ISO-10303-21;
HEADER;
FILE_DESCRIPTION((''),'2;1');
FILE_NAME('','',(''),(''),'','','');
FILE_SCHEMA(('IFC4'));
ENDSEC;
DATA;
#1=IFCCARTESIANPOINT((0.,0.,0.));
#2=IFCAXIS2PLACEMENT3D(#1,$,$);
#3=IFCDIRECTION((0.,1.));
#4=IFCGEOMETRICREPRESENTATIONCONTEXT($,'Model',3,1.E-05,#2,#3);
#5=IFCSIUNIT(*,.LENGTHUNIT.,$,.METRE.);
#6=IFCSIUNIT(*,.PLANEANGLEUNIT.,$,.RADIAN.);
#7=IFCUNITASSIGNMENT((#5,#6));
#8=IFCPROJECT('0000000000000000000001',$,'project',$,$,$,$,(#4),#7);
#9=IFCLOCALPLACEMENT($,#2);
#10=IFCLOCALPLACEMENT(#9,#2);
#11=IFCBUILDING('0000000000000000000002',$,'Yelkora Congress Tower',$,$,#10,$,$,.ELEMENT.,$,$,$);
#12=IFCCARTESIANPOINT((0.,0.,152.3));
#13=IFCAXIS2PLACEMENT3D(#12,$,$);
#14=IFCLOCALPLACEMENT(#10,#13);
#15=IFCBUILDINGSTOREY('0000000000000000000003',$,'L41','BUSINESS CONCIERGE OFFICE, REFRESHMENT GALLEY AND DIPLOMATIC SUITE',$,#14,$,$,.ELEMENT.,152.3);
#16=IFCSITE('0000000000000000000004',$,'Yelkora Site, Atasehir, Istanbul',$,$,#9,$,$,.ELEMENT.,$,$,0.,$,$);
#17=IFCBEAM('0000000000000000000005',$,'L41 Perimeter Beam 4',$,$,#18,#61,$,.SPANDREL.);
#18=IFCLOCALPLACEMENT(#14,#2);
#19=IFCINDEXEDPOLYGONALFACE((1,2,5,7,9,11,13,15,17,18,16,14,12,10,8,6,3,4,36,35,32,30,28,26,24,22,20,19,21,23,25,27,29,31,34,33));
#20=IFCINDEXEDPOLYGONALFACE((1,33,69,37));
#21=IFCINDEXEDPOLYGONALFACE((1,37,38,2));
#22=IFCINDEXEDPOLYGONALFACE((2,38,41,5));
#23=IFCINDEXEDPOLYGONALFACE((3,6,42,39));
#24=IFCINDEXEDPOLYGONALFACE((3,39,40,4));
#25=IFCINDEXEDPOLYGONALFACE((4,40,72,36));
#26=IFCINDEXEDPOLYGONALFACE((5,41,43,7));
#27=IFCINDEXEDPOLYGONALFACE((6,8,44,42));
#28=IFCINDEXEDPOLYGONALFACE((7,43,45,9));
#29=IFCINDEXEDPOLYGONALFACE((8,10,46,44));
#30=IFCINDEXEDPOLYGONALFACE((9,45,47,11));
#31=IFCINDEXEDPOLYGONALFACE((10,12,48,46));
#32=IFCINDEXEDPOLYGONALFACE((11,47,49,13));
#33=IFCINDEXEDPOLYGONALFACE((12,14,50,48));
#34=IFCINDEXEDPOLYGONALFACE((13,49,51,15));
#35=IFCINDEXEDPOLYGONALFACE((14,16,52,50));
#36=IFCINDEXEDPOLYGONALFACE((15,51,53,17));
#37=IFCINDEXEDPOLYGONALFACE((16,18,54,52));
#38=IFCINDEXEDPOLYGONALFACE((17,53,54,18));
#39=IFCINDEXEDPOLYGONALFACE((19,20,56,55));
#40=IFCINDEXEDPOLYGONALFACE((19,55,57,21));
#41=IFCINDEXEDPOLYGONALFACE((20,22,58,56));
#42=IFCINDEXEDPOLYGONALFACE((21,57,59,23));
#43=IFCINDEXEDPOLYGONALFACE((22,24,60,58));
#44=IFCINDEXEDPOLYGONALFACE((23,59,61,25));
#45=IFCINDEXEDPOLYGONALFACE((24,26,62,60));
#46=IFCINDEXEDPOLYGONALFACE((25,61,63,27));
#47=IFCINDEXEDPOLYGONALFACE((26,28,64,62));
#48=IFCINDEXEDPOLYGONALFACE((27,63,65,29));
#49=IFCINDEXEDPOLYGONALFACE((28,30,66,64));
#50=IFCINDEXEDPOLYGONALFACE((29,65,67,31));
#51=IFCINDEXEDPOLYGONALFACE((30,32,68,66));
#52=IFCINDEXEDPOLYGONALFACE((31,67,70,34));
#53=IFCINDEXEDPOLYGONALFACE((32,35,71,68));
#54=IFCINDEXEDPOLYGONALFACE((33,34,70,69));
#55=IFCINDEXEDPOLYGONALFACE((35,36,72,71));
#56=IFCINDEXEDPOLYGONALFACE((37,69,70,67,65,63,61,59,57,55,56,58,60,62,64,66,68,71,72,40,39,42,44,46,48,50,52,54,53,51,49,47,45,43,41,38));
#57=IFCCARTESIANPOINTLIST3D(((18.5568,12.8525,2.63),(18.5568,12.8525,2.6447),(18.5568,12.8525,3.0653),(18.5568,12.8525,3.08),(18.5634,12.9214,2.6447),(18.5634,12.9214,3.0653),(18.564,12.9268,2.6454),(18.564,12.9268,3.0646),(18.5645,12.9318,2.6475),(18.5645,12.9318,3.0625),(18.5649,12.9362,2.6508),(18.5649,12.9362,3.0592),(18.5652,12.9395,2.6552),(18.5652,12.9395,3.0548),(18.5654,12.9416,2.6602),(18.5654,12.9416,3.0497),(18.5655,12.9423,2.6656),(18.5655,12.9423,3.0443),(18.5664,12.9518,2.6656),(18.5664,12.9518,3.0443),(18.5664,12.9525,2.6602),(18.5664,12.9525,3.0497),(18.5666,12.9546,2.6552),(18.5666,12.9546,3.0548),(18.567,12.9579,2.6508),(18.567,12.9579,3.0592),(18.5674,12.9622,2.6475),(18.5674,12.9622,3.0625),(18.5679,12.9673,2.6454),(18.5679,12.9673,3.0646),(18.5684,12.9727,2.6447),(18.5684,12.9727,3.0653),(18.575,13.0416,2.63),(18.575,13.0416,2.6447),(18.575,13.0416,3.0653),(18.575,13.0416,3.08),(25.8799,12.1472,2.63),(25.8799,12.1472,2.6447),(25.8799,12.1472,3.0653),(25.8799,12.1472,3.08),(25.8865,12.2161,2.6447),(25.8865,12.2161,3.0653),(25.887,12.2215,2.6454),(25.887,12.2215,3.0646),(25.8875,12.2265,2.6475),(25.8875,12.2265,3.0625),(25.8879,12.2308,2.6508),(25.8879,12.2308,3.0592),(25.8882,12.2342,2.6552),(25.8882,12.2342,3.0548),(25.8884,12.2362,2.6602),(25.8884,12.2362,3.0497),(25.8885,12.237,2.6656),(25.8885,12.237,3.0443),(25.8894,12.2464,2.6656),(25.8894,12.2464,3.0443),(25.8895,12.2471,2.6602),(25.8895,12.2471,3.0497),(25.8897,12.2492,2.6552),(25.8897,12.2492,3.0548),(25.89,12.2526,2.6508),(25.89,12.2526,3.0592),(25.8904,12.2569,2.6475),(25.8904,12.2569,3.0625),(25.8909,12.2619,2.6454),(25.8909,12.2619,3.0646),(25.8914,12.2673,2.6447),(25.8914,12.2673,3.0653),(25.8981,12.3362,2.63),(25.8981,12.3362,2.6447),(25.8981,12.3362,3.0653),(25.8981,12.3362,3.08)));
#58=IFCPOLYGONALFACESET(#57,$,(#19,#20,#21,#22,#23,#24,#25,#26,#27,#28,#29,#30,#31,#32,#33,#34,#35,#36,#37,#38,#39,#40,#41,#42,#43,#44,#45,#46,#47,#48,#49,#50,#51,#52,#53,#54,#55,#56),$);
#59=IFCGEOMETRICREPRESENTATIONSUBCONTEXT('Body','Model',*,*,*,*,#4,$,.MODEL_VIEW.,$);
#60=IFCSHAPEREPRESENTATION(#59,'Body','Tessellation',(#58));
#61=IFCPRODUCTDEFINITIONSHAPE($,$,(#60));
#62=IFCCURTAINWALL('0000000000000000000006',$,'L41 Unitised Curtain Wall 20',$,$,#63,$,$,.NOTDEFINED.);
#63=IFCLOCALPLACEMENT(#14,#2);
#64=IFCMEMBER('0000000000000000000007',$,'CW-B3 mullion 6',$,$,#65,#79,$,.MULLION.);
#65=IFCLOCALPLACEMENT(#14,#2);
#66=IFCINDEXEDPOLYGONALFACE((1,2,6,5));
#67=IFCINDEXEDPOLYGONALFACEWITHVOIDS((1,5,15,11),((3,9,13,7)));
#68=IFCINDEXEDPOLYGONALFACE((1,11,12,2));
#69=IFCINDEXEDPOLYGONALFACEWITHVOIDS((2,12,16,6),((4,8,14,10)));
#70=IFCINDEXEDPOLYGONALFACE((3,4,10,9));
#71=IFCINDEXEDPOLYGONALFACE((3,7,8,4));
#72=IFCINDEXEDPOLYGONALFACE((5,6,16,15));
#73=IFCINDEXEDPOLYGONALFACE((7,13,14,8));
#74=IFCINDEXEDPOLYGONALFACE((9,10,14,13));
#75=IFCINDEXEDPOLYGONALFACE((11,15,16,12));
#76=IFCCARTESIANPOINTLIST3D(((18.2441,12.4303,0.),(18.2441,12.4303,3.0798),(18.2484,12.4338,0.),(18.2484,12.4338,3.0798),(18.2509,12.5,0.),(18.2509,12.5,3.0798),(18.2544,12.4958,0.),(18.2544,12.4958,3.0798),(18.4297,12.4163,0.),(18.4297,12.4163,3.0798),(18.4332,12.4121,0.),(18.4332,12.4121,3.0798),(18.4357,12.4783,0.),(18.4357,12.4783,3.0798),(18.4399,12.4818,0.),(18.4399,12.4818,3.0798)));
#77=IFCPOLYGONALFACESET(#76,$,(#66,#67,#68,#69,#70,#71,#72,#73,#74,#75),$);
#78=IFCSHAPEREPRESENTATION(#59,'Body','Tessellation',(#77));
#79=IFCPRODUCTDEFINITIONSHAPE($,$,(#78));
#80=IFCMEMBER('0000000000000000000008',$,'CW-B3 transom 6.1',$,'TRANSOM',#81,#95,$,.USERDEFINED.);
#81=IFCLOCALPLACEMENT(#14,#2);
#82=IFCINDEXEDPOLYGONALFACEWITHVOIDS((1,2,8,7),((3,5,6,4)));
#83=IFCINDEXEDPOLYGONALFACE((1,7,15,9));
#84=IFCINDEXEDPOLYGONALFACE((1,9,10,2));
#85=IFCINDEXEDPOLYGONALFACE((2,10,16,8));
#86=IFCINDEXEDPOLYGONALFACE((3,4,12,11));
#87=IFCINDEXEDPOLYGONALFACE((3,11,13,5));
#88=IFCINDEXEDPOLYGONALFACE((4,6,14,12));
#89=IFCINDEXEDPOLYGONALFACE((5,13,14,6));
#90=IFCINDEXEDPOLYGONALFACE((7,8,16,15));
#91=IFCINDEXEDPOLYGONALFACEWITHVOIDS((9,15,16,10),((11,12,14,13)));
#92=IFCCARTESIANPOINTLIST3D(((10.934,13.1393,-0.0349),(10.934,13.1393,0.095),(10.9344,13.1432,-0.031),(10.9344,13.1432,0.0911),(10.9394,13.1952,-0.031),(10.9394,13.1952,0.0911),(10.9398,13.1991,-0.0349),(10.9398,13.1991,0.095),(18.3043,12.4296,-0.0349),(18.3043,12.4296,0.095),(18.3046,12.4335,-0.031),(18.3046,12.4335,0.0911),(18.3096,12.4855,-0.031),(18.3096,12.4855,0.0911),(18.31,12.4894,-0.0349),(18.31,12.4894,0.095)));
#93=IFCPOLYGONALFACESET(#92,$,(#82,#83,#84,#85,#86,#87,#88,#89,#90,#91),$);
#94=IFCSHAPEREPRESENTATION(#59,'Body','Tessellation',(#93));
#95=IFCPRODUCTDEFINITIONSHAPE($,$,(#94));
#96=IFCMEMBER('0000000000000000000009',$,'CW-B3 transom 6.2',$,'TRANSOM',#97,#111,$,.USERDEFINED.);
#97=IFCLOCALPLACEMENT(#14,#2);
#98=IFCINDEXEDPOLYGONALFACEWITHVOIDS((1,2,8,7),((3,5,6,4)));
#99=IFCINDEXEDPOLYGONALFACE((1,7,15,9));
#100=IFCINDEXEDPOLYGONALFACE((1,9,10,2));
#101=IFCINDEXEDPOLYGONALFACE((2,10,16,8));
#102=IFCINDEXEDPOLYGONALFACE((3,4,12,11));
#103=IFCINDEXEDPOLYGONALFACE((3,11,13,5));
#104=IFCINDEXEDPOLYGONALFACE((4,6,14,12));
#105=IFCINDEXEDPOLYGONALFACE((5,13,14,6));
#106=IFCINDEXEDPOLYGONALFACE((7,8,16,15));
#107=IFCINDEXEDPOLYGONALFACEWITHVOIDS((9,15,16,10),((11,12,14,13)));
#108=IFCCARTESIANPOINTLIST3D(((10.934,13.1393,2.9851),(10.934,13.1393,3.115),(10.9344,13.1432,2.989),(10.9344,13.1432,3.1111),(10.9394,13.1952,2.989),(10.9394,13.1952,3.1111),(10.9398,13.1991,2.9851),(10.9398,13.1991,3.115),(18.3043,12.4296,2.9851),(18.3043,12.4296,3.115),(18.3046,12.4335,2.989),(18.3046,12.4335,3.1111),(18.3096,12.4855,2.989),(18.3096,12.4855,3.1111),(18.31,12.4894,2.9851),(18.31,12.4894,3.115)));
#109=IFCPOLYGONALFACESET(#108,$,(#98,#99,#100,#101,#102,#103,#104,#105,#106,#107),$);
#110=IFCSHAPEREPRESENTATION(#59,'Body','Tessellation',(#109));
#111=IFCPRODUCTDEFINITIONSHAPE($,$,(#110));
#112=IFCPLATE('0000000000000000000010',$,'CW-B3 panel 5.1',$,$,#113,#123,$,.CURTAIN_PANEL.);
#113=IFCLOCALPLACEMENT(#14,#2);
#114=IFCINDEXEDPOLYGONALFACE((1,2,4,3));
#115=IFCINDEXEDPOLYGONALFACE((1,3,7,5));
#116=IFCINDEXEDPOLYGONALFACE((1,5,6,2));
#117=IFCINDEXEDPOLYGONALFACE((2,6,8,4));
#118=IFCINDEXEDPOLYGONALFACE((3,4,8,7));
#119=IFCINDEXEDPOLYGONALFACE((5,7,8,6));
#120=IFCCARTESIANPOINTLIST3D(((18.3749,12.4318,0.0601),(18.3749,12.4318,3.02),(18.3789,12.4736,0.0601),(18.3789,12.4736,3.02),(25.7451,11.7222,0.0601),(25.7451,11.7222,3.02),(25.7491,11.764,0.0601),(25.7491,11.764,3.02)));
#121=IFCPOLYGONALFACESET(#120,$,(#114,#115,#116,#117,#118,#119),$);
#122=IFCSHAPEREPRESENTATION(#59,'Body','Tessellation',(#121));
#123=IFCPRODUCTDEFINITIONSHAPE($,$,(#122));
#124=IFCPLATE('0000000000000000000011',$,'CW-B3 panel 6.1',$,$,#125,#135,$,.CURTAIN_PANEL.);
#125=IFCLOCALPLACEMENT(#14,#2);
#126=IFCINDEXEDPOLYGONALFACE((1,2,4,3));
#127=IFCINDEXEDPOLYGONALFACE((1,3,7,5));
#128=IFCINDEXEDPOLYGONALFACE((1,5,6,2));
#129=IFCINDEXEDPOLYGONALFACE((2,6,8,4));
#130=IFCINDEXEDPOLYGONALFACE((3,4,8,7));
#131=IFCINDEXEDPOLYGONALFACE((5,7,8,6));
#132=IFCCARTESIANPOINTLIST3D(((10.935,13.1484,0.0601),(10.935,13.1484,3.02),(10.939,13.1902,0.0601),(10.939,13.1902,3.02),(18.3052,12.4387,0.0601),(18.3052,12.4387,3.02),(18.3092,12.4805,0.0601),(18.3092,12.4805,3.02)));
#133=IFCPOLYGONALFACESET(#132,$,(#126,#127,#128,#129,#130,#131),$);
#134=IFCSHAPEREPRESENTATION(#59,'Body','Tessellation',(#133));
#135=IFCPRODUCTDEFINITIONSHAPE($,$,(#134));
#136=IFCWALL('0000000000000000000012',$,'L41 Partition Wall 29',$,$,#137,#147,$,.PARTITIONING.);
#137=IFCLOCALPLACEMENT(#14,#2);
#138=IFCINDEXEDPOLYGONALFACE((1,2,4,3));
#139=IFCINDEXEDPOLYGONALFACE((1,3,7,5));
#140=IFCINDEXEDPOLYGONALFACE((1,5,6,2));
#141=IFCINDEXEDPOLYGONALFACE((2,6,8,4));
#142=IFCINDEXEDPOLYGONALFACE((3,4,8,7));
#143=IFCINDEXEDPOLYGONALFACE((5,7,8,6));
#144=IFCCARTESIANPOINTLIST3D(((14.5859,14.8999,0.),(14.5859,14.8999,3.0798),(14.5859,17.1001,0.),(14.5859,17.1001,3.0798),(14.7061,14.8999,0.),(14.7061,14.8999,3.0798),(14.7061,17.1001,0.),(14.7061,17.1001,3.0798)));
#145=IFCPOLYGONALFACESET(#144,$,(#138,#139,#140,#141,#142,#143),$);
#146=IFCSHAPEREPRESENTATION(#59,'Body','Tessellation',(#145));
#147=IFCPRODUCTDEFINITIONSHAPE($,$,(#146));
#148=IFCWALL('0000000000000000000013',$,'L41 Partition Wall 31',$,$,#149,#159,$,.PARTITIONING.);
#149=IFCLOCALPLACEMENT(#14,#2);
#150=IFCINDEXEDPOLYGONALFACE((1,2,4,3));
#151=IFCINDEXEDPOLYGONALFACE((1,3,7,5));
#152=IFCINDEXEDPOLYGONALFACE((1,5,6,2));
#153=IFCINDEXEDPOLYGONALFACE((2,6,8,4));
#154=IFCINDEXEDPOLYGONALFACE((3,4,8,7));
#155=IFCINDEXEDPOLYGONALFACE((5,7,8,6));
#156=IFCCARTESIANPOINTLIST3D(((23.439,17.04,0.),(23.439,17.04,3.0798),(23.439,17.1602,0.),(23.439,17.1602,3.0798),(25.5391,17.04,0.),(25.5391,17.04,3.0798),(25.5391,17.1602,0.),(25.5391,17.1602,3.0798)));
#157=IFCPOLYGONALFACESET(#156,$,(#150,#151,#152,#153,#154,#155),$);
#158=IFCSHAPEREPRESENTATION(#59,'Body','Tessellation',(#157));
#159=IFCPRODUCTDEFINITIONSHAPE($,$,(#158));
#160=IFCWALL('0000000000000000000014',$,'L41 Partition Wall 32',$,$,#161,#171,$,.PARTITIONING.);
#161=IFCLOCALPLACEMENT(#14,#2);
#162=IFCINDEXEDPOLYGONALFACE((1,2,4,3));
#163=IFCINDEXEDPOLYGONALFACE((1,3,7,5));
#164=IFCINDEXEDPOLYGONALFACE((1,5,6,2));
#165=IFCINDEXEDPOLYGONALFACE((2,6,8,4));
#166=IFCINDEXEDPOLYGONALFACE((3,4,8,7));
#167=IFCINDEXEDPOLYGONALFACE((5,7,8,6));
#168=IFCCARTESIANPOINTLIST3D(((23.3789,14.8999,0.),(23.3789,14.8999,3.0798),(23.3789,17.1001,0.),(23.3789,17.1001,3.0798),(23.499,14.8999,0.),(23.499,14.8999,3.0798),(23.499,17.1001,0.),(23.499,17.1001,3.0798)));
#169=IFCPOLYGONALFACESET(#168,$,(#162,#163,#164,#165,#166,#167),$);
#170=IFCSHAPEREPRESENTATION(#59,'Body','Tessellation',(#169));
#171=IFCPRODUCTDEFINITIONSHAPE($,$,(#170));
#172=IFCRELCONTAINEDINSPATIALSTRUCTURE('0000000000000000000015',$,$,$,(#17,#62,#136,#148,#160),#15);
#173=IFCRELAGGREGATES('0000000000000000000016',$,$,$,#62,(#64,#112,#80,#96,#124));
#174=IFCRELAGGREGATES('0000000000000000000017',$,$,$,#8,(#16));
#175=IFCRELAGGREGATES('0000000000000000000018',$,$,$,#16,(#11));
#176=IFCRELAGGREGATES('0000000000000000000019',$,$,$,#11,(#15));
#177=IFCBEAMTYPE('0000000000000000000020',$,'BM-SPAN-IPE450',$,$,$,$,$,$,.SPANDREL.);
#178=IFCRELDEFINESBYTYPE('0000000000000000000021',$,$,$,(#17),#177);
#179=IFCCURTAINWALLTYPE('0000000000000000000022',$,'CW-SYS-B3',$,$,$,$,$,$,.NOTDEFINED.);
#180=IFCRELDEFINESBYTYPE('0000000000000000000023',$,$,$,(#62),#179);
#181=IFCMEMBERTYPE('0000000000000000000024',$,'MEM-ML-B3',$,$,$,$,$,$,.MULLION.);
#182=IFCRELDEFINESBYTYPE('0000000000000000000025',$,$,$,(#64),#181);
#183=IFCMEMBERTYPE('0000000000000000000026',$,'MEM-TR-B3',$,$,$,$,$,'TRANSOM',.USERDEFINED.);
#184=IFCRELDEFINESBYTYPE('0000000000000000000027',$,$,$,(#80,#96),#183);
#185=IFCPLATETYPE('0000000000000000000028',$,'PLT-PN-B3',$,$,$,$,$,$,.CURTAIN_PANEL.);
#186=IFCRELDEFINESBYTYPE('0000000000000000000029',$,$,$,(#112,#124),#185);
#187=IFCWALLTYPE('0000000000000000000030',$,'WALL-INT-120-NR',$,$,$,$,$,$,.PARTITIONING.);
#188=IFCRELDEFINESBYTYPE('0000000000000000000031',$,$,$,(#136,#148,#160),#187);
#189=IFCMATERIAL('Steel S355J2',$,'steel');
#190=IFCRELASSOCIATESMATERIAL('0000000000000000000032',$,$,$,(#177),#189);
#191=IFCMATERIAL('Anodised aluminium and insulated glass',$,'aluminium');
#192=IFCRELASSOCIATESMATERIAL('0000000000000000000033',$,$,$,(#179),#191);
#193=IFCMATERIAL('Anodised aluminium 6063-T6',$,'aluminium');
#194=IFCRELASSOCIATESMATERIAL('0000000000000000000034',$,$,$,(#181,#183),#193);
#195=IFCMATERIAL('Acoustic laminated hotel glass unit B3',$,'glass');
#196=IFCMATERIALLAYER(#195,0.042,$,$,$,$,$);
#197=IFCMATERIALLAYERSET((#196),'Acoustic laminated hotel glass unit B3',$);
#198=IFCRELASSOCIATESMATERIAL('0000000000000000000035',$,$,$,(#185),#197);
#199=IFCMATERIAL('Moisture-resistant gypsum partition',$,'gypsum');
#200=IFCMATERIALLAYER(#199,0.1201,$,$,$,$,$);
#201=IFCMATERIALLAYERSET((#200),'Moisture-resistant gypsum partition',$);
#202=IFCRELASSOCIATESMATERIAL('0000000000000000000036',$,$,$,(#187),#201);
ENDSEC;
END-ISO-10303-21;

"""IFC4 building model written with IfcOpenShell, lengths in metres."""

from ifc_helpers import new_model, si_unit, direction, frame, frame_2d, origin, origin_2d, place, context, subcontext, project, spatial, rectangle, hollow_rectangle, i_section, extrude, material, layer, layer_set, material_profile, profile_set, type_object, element, aggregate, save


model = new_model("IFC4")

# Units and contexts
model_context = context("Model", 3, precision=1e-05, world=origin(), true_north=direction((0.0, 1.0)))
body_context = subcontext(model_context, "Body", "Model", "MODEL_VIEW")
ifc_project = project(units=[si_unit("LENGTHUNIT", "METRE"), si_unit("PLANEANGLEUNIT", "RADIAN")], contexts=[model_context])

# Site, building, storey
site_placement = place(None, origin())
site = spatial("IfcSite", under=ifc_project, at=site_placement, Name="Yelkora Site, Atasehir, Istanbul", CompositionType="ELEMENT", RefElevation=0.0)
building_placement = place(site_placement, origin())
building = spatial("IfcBuilding", under=site, at=building_placement, Name="Yelkora Congress Tower", CompositionType="ELEMENT")
storey_placement = place(building_placement, frame((0.0, 0.0, 152.3)))
storey = spatial("IfcBuildingStorey", under=building, at=storey_placement, Name="L41", Description="BUSINESS CONCIERGE OFFICE, REFRESHMENT GALLEY AND DIPLOMATIC SUITE", CompositionType="ELEMENT", Elevation=152.3)

# Beam
ifc_material_1 = material(Name="Steel S355J2", Category="steel")
ifc_material_profile_1 = material_profile(ifc_material_1, i_section(OverallWidth=0.1899, OverallDepth=0.45, WebThickness=0.0095, FlangeThickness=0.0146, FilletRadius=0.021, at=origin_2d()), Name="IPE 450")
ifc_profile_set_1 = profile_set([ifc_material_profile_1], Name="Steel S355J2")
beam_type_1 = type_object("IfcBeamType", Name="BM-SPAN-IPE450", PredefinedType="SPANDREL", material=ifc_profile_set_1)
beam_1_placement = place(storey_placement, frame((18.5659, 12.947, 2.855), z_axis=(0.995394, -0.095872, 0.0), x_axis=(0.095872, 0.995394, 0.0)))
element("IfcBeam", 1, at=beam_1_placement, inside=storey, type_object=beam_type_1, Name="L41 Perimeter Beam 4", PredefinedType="SPANDREL", context=body_context, shape_type="SweptSolid", body=[
    extrude(i_section(OverallWidth=0.1899, OverallDepth=0.45, WebThickness=0.0095, FlangeThickness=0.0146, FilletRadius=0.021, at=origin_2d()), origin(), (0.0, 0.0, 1.0), 7.3569),
])

# Curtain wall, members, plates
ifc_material_2 = material(Name="Anodised aluminium and insulated glass", Category="aluminium")
curtain_wall_type = type_object("IfcCurtainWallType", Name="CW-SYS-B3", PredefinedType="NOTDEFINED", material=ifc_material_2)
curtain_wall_placement = place(storey_placement, origin())
curtain_wall = element("IfcCurtainWall", 2, at=curtain_wall_placement, inside=storey, type_object=curtain_wall_type, Name="L41 Unitised Curtain Wall 20", PredefinedType="NOTDEFINED")
ifc_material_3 = material(Name="Anodised aluminium 6063-T6", Category="aluminium")
ifc_material_profile_2 = material_profile(ifc_material_3, hollow_rectangle(XDim=0.0701, YDim=0.1899, WallThickness=0.0039, at=origin_2d()), Name="ALU 70x190x4")
ifc_profile_set_2 = profile_set([ifc_material_profile_2], Name="Anodised aluminium 6063-T6")
member_type_1 = type_object("IfcMemberType", Name="MEM-ML-B3", PredefinedType="MULLION", material=ifc_profile_set_2)
member_1_placement = place(storey_placement, frame((18.342, 12.4561, 0.0), z_axis=(0.0, 0.0, 1.0), x_axis=(-0.095845, -0.995396, 0.0)))
member_1 = element("IfcMember", 3, at=member_1_placement, type_object=member_type_1, Name="CW-B3 mullion 6", PredefinedType="MULLION", context=body_context, shape_type="SweptSolid", body=[
    extrude(hollow_rectangle(XDim=0.0701, YDim=0.1899, WallThickness=0.0039, at=origin_2d()), origin(), (0.0, 0.0, 1.0), 3.0798),
])
ifc_material_profile_3 = material_profile(ifc_material_3, hollow_rectangle(XDim=0.0601, YDim=0.1299, WallThickness=0.0039, at=origin_2d()), Name="ALU 60x130x4")
ifc_profile_set_3 = profile_set([ifc_material_profile_3], Name="Anodised aluminium 6063-T6")
member_type_2 = type_object("IfcMemberType", Name="MEM-TR-B3", ElementType="TRANSOM", PredefinedType="USERDEFINED", material=ifc_profile_set_3)
member_2_placement = place(storey_placement, frame((18.3071, 12.4595, 0.03), z_axis=(-0.995395, 0.095853, 0.0), x_axis=(-0.095853, -0.995395, 0.0)))
member_2 = element("IfcMember", 4, at=member_2_placement, type_object=member_type_2, Name="CW-B3 transom 6.1", ObjectType="TRANSOM", PredefinedType="USERDEFINED", context=body_context, shape_type="SweptSolid", body=[
    extrude(hollow_rectangle(XDim=0.0601, YDim=0.1299, WallThickness=0.0039, at=origin_2d()), origin(), (0.0, 0.0, 1.0), 7.4043),
])
member_3_placement = place(storey_placement, frame((18.3071, 12.4595, 3.05), z_axis=(-0.995395, 0.095853, 0.0), x_axis=(-0.095853, -0.995395, 0.0)))
member_3 = element("IfcMember", 5, at=member_3_placement, type_object=member_type_2, Name="CW-B3 transom 6.2", ObjectType="TRANSOM", PredefinedType="USERDEFINED", context=body_context, shape_type="SweptSolid", body=[
    extrude(hollow_rectangle(XDim=0.0601, YDim=0.1299, WallThickness=0.0039, at=origin_2d()), origin(), (0.0, 0.0, 1.0), 7.4043),
])
ifc_material_4 = material(Name="Acoustic laminated hotel glass unit B3", Category="glass")
ifc_layer_1 = layer(ifc_material_4, 0.042)
ifc_layer_set_1 = layer_set([ifc_layer_1], Name="Acoustic laminated hotel glass unit B3")
plate_type = type_object("IfcPlateType", Name="PLT-PN-B3", PredefinedType="CURTAIN_PANEL", material=ifc_layer_set_1)
plate_1_placement = place(storey_placement, frame((22.062, 12.0979, 0.0601), z_axis=(0.0, 0.0, 1.0), x_axis=(-0.995396, 0.095845, 0.0)))
plate_1 = element("IfcPlate", 6, at=plate_1_placement, type_object=plate_type, Name="CW-B3 panel 5.1", PredefinedType="CURTAIN_PANEL", context=body_context, shape_type="SweptSolid", body=[
    extrude(rectangle(XDim=7.4043, YDim=0.042, at=origin_2d()), origin(), (0.0, 0.0, 1.0), 2.96),
])
plate_2_placement = place(storey_placement, frame((14.6221, 12.8145, 0.0601), z_axis=(0.0, 0.0, 1.0), x_axis=(-0.995396, 0.095845, 0.0)))
plate_2 = element("IfcPlate", 7, at=plate_2_placement, type_object=plate_type, Name="CW-B3 panel 6.1", PredefinedType="CURTAIN_PANEL", context=body_context, shape_type="SweptSolid", body=[
    extrude(rectangle(XDim=7.4043, YDim=0.042, at=origin_2d()), origin(), (0.0, 0.0, 1.0), 2.96),
])
aggregate(curtain_wall, [member_1, plate_1, member_2, member_3, plate_2])

# Walls
ifc_material_5 = material(Name="Moisture-resistant gypsum partition", Category="gypsum")
ifc_layer_2 = layer(ifc_material_5, 0.1201)
ifc_layer_set_2 = layer_set([ifc_layer_2], Name="Moisture-resistant gypsum partition")
wall_type_1 = type_object("IfcWallType", Name="WALL-INT-120-NR", PredefinedType="PARTITIONING", material=ifc_layer_set_2)
wall_1_placement = place(storey_placement, frame((14.646, 14.8999, 0.0), z_axis=(0.0, 0.0, 1.0), x_axis=(0.0, 1.0, 0.0)))
element("IfcWall", 8, at=wall_1_placement, inside=storey, type_object=wall_type_1, Name="L41 Partition Wall 29", PredefinedType="PARTITIONING", context=body_context, shape_type="SweptSolid", body=[
    extrude(rectangle(XDim=2.2002, YDim=0.1201, at=frame_2d((1.1001, 0.0))), origin(), (0.0, 0.0, 1.0), 3.0798),
])
wall_2_placement = place(storey_placement, frame((23.439, 17.1001, 0.0), z_axis=(0.0, 0.0, 1.0), x_axis=(1.0, 0.0, 0.0)))
element("IfcWall", 9, at=wall_2_placement, inside=storey, type_object=wall_type_1, Name="L41 Partition Wall 31", PredefinedType="PARTITIONING", context=body_context, shape_type="SweptSolid", body=[
    extrude(rectangle(XDim=2.1001, YDim=0.1201, at=frame_2d((1.05, 0.0))), origin(), (0.0, 0.0, 1.0), 3.0798),
])
wall_3_placement = place(storey_placement, frame((23.439, 14.8999, 0.0), z_axis=(0.0, 0.0, 1.0), x_axis=(0.0, 1.0, 0.0)))
element("IfcWall", 10, at=wall_3_placement, inside=storey, type_object=wall_type_1, Name="L41 Partition Wall 32", PredefinedType="PARTITIONING", context=body_context, shape_type="SweptSolid", body=[
    extrude(rectangle(XDim=2.2002, YDim=0.1201, at=frame_2d((1.1001, 0.0))), origin(), (0.0, 0.0, 1.0), 3.0798),
])

save(model, "model.ifc")
